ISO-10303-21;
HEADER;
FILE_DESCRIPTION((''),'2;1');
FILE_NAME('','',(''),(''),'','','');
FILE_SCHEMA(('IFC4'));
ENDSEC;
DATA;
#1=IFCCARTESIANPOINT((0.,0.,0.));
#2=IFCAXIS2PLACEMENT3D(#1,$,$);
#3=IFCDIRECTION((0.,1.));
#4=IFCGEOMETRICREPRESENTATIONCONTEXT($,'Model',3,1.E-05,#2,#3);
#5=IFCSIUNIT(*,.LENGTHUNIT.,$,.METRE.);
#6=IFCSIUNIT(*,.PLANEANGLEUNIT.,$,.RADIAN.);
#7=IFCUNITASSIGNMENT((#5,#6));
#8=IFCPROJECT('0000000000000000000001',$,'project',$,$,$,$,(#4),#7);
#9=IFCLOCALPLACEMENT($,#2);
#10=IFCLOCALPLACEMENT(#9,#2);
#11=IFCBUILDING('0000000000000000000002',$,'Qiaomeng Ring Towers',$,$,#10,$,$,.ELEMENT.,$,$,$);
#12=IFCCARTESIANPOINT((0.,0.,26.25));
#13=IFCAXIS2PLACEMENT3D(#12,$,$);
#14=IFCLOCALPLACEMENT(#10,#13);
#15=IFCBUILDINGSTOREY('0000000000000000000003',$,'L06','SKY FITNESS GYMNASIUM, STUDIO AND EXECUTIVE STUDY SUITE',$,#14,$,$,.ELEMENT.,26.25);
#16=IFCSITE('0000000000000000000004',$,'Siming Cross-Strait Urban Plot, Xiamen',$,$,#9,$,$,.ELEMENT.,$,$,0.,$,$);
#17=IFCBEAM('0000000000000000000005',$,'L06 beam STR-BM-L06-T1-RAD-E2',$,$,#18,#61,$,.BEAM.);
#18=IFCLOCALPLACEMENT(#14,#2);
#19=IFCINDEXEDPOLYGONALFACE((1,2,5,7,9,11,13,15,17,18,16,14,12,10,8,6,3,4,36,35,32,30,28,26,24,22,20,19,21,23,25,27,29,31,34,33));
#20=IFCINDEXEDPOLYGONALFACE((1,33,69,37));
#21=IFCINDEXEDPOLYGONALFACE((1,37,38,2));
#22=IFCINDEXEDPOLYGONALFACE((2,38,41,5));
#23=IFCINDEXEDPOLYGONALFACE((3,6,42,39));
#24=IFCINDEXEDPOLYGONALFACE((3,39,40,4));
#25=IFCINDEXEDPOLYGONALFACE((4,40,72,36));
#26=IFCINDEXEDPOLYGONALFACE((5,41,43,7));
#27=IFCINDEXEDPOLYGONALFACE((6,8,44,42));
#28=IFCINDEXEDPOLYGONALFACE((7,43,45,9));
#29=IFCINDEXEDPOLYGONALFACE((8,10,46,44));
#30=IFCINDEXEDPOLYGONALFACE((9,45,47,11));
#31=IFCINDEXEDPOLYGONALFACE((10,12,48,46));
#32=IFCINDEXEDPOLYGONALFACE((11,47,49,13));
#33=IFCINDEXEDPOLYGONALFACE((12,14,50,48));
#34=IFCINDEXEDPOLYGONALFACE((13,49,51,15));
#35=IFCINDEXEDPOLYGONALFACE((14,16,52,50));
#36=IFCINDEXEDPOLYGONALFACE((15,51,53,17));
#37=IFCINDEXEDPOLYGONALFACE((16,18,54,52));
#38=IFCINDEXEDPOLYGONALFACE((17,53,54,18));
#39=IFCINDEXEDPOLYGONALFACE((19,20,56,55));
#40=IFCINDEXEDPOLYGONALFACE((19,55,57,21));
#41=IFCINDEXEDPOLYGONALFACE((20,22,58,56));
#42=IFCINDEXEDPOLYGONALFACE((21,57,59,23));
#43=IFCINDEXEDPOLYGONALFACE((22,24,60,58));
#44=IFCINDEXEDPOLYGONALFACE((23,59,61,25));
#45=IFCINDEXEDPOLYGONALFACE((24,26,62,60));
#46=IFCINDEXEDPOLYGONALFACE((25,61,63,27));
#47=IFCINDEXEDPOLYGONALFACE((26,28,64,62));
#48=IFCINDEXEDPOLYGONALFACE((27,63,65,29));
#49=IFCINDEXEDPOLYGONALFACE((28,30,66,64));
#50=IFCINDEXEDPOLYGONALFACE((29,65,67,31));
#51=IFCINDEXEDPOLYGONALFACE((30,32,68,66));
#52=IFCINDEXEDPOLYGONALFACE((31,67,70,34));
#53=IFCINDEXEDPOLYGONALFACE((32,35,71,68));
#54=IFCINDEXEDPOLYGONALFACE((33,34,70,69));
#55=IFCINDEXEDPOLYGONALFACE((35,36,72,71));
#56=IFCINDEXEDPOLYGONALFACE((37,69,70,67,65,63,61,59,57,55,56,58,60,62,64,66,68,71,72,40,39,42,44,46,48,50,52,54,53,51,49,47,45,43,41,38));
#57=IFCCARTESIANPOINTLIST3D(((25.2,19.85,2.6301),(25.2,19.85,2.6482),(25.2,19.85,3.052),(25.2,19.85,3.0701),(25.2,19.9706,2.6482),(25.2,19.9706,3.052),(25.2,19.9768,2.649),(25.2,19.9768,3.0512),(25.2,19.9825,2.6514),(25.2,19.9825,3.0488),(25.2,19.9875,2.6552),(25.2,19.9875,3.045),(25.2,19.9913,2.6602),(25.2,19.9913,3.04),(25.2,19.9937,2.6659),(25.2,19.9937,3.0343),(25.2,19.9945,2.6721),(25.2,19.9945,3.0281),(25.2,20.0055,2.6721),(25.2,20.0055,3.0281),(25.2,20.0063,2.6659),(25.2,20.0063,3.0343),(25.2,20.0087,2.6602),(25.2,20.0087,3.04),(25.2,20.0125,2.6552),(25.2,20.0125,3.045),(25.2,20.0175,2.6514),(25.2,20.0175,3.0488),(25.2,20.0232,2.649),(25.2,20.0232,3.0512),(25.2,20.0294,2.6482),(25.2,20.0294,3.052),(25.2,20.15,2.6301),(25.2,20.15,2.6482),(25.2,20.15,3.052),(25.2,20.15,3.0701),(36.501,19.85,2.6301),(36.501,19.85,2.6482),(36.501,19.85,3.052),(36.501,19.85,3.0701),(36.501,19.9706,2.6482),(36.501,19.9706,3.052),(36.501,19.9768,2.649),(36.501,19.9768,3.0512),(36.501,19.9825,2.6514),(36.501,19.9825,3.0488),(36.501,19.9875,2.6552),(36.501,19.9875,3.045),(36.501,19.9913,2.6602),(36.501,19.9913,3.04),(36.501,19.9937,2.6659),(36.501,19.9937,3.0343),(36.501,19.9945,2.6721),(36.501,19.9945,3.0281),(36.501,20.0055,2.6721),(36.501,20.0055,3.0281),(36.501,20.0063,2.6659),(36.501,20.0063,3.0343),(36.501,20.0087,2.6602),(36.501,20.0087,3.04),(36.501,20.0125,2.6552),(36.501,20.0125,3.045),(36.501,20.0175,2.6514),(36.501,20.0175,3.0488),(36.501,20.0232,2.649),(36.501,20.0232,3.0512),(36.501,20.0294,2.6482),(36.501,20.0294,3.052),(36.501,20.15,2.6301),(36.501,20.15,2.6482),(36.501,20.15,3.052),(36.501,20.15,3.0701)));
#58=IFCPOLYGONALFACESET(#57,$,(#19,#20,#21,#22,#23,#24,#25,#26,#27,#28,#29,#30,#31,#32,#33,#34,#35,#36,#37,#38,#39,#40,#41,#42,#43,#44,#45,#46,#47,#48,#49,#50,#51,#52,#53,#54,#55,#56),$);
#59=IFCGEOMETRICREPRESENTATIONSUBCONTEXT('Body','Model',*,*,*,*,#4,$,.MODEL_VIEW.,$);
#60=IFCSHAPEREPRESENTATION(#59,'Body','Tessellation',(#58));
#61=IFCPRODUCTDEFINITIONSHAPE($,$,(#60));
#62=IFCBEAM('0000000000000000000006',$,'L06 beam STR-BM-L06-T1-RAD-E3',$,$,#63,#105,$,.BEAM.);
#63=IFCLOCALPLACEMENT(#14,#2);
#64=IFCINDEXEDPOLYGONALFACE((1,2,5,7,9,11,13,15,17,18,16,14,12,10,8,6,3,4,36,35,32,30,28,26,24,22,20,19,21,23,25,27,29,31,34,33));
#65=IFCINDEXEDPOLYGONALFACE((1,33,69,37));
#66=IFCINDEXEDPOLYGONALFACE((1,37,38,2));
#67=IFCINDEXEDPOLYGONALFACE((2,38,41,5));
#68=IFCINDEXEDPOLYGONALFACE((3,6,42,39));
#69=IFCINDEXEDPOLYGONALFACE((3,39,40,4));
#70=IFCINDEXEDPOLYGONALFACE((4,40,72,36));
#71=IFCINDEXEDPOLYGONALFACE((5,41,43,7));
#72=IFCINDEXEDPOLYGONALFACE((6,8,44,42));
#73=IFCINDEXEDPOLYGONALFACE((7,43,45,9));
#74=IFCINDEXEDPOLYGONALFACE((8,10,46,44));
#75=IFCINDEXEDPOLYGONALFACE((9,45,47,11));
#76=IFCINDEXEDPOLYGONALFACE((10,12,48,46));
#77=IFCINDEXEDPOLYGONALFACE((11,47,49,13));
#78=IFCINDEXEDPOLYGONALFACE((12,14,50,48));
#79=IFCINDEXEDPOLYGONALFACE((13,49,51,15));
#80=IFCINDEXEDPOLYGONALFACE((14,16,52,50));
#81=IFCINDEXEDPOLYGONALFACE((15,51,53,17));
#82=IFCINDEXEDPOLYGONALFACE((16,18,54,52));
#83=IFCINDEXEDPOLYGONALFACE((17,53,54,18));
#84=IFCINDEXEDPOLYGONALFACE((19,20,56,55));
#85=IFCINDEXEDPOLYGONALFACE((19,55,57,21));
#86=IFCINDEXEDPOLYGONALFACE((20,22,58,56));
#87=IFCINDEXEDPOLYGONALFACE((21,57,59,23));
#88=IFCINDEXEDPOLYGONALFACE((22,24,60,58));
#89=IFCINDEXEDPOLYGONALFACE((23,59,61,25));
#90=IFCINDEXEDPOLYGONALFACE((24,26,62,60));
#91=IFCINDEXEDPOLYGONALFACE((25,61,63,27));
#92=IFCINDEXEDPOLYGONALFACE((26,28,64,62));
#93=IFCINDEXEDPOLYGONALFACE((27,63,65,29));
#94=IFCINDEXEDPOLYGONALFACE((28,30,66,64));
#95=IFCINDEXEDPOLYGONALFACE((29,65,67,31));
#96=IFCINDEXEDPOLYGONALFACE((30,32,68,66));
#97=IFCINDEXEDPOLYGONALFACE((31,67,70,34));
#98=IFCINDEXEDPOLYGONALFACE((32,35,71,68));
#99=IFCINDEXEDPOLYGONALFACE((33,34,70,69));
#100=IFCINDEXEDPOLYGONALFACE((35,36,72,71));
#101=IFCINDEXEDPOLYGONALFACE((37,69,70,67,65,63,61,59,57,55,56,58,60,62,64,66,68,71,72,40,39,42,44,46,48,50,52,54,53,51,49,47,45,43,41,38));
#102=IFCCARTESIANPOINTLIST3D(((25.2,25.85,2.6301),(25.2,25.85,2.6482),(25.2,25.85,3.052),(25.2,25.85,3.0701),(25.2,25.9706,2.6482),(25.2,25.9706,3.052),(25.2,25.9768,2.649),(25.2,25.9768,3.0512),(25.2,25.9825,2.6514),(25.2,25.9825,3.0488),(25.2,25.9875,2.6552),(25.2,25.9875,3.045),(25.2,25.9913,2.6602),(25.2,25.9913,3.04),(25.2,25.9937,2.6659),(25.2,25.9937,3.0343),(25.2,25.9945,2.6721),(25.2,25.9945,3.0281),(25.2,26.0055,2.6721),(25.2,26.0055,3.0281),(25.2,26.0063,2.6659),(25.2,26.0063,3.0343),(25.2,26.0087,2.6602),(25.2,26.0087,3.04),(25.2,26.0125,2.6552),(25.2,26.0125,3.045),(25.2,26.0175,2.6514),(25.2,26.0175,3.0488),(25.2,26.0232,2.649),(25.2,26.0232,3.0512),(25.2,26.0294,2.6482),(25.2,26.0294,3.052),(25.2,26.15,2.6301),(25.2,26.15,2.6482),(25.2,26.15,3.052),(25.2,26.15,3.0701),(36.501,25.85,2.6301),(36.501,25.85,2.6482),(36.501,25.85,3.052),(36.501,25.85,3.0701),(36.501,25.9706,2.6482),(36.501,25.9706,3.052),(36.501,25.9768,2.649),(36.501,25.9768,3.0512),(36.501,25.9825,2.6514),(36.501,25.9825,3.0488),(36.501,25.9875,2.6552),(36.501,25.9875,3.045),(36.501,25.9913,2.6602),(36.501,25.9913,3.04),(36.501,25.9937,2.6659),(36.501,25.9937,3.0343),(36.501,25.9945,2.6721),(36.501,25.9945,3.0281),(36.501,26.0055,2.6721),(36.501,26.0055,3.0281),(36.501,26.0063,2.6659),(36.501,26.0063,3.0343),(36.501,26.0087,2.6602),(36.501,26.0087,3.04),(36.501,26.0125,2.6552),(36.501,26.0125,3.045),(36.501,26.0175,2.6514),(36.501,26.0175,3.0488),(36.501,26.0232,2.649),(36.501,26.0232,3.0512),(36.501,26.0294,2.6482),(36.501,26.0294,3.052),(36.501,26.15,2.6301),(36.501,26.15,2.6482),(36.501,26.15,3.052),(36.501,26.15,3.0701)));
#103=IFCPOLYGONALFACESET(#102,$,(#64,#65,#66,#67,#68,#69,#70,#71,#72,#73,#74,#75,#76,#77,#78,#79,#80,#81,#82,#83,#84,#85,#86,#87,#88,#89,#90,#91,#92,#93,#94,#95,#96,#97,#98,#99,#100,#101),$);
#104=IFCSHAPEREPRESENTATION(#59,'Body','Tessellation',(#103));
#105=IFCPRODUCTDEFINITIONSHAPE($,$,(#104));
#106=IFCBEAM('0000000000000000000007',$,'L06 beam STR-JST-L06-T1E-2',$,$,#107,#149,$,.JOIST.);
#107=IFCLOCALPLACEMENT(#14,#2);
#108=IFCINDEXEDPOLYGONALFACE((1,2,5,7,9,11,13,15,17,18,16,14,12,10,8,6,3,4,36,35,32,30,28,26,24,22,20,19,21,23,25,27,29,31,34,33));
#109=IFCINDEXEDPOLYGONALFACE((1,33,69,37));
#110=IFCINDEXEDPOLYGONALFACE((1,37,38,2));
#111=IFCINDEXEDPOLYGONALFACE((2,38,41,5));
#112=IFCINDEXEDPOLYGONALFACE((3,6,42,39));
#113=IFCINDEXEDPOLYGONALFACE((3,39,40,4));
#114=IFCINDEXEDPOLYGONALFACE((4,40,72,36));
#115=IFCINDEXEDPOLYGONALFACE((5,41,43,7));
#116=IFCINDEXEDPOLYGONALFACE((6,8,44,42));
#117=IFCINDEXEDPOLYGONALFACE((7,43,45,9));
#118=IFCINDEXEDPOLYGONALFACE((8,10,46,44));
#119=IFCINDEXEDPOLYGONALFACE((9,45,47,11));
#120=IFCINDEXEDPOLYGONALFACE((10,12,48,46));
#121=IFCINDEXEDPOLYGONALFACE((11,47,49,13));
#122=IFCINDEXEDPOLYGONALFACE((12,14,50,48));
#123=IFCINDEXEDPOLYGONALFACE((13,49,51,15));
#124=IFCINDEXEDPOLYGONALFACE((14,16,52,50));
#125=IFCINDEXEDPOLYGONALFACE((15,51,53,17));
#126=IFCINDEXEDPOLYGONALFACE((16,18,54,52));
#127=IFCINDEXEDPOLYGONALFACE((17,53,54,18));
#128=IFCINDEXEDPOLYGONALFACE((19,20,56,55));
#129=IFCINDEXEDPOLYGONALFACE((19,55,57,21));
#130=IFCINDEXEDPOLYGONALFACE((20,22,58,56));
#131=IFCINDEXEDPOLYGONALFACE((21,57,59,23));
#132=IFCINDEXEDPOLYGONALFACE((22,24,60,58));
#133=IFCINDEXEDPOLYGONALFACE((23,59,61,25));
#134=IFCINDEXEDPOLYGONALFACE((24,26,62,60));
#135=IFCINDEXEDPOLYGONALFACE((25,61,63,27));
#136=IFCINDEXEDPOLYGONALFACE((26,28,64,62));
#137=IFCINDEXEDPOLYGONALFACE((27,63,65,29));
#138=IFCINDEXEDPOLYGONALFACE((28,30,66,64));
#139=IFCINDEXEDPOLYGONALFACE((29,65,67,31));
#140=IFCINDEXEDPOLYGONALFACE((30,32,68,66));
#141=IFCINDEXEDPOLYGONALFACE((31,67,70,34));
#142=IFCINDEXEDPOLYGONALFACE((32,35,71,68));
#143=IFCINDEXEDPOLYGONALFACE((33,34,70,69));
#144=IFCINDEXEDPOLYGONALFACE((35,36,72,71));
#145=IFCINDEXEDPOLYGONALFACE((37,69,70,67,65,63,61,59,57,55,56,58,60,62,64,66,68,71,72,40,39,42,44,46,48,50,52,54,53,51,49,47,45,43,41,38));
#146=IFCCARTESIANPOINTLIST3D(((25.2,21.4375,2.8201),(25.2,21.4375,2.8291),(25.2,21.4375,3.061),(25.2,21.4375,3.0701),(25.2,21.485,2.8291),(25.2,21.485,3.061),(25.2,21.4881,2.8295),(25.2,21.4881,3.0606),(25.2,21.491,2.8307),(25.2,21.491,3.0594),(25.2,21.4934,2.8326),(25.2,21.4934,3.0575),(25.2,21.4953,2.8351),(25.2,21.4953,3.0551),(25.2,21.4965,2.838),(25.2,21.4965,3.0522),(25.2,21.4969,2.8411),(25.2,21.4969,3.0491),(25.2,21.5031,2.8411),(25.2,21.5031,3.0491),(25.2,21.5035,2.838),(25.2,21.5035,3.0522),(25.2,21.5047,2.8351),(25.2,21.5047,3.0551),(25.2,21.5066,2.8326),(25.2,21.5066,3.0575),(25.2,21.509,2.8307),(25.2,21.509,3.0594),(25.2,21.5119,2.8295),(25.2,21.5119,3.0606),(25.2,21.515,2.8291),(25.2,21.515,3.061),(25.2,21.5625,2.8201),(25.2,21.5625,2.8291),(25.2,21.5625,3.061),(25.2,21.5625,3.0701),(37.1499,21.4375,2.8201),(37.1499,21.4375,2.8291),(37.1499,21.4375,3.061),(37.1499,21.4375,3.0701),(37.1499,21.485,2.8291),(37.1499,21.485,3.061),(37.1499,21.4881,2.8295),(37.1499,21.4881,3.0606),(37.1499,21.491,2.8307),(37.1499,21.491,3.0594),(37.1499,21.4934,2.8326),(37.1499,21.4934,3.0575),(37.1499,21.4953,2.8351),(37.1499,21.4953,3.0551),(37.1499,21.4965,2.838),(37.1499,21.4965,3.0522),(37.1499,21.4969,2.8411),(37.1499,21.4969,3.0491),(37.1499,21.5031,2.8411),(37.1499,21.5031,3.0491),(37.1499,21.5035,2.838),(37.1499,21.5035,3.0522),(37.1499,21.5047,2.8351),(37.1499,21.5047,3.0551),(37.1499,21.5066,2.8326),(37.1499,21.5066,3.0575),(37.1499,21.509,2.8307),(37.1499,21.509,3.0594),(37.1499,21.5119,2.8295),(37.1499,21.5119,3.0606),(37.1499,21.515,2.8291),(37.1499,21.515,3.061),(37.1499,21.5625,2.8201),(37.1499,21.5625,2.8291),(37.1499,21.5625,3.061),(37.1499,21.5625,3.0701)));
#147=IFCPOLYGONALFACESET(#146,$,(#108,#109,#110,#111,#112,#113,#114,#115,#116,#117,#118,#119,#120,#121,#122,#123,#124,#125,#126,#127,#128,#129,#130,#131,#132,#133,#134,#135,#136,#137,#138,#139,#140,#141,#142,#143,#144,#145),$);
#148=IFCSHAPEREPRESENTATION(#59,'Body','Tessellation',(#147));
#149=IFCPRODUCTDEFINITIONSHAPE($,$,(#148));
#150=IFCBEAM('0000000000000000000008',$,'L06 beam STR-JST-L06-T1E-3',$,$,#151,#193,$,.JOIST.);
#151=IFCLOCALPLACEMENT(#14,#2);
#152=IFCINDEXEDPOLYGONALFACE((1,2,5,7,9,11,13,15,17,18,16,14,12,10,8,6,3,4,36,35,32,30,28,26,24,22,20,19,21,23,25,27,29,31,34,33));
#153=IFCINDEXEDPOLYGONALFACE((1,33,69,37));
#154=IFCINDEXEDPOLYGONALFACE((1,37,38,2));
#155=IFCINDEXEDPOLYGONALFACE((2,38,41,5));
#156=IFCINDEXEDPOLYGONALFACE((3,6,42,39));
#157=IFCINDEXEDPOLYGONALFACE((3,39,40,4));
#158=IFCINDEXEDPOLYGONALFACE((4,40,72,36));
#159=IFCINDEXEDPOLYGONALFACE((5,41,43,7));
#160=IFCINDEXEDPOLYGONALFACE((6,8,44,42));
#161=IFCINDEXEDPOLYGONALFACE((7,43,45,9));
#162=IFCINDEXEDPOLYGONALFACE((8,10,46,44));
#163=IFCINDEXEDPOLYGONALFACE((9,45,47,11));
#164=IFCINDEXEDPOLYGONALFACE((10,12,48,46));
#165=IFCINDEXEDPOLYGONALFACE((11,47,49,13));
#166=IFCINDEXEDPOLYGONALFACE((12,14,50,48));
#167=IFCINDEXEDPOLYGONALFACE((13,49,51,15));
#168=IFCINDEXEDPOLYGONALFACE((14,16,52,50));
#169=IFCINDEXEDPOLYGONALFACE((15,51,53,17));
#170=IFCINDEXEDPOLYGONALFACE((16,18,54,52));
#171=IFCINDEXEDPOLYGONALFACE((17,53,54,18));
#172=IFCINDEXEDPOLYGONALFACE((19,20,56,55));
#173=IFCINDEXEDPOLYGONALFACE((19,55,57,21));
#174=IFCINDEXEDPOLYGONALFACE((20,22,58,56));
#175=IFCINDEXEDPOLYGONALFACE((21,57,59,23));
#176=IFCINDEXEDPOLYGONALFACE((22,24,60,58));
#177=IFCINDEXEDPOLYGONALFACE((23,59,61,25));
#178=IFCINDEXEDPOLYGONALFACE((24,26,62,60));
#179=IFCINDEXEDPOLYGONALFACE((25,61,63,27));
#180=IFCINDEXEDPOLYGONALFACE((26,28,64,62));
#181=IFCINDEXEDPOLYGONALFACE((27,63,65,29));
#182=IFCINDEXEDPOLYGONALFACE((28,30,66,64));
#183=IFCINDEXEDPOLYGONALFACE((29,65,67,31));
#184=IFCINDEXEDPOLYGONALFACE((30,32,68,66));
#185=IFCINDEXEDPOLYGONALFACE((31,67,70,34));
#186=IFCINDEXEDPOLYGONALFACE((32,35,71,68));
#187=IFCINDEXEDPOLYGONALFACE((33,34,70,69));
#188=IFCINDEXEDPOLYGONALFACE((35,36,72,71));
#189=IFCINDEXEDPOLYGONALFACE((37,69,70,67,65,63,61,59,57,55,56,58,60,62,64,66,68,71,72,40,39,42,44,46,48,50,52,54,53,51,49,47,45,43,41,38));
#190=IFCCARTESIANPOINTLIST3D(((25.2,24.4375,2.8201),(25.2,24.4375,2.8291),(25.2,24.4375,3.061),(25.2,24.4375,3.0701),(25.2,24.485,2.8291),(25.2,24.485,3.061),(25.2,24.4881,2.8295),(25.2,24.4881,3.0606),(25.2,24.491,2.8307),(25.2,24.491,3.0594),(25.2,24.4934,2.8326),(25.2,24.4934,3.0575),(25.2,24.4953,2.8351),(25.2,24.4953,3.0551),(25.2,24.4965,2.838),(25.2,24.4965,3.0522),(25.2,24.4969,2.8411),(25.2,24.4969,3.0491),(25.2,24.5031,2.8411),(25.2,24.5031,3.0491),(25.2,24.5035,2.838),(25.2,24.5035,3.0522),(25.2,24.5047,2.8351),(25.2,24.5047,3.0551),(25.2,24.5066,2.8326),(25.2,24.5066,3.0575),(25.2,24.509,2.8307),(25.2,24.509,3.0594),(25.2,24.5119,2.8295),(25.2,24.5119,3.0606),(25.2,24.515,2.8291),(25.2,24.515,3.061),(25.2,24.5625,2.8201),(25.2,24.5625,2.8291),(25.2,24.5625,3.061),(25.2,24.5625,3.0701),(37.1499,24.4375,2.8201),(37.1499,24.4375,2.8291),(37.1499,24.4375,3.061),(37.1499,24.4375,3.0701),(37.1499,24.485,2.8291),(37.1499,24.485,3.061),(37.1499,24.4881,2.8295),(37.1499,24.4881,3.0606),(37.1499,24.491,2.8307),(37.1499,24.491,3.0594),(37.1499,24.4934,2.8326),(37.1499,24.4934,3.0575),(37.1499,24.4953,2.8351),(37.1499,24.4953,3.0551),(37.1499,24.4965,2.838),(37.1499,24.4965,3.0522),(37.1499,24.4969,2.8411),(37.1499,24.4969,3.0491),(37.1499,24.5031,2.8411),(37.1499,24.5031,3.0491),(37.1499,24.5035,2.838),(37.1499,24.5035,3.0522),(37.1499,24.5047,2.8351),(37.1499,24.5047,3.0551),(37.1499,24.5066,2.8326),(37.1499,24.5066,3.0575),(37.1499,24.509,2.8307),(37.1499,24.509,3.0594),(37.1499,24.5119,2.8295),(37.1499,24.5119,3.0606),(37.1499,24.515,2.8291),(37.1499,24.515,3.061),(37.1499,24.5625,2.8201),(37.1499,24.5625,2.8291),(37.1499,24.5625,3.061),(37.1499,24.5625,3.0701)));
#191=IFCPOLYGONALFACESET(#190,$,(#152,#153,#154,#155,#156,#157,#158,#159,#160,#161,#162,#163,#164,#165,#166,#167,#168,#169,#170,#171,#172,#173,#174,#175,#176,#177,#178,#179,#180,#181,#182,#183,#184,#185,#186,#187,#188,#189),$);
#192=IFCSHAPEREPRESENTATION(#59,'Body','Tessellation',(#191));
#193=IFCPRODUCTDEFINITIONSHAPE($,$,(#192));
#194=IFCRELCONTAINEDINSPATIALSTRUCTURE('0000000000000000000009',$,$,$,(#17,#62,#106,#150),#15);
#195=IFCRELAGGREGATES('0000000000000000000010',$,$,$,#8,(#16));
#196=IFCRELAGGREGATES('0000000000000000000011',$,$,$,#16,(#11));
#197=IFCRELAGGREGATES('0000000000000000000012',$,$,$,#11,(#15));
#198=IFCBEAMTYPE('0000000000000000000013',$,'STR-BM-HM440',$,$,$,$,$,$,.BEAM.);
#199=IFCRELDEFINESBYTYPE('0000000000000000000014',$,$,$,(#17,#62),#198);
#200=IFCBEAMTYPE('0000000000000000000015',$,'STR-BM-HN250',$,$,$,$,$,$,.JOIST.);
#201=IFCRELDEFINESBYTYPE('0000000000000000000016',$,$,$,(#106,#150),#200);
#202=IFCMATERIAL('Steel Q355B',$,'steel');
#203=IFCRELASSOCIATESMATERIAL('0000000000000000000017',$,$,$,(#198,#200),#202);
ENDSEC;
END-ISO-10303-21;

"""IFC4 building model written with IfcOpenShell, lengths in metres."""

from ifc_helpers import new_model, si_unit, direction, frame, origin, origin_2d, place, context, subcontext, project, spatial, i_section, extrude, source, transform, mapped, material, material_profile, profile_set, type_object, element, save


model = new_model("IFC4")

# Units and contexts
model_context = context("Model", 3, precision=1e-05, world=origin(), true_north=direction((0.0, 1.0)))
body_context = subcontext(model_context, "Body", "Model", "MODEL_VIEW")
ifc_project = project(units=[si_unit("LENGTHUNIT", "METRE"), si_unit("PLANEANGLEUNIT", "RADIAN")], contexts=[model_context])

# Site, building, storey
site_placement = place(None, origin())
site = spatial("IfcSite", under=ifc_project, at=site_placement, Name="Siming Cross-Strait Urban Plot, Xiamen", CompositionType="ELEMENT", RefElevation=0.0)
building_placement = place(site_placement, origin())
building = spatial("IfcBuilding", under=site, at=building_placement, Name="Qiaomeng Ring Towers", CompositionType="ELEMENT")
storey_placement = place(building_placement, frame((0.0, 0.0, 26.25)))
storey = spatial("IfcBuildingStorey", under=building, at=storey_placement, Name="L06", Description="SKY FITNESS GYMNASIUM, STUDIO AND EXECUTIVE STUDY SUITE", CompositionType="ELEMENT", Elevation=26.25)

# Beams
ifc_material_1 = material(Name="Steel Q355B", Category="steel")
ifc_material_profile_1 = material_profile(ifc_material_1, i_section(OverallWidth=0.3, OverallDepth=0.4399, WebThickness=0.011, FlangeThickness=0.0181, FilletRadius=0.0239, at=origin_2d()), Name="HM 440x300x11x18")
ifc_profile_set_1 = profile_set([ifc_material_profile_1], Name="Steel Q355B")
beam_type_1 = type_object("IfcBeamType", Name="STR-BM-HM440", PredefinedType="BEAM", material=ifc_profile_set_1)
shared_shape_1 = source(origin(), body_context, "Body", "SweptSolid", [
    extrude(i_section(OverallWidth=0.3, OverallDepth=0.4399, WebThickness=0.011, FlangeThickness=0.0181, FilletRadius=0.0239, at=origin_2d()), origin(), (0.0, 0.0, 1.0), 11.301),
])
for number, where, z_axis, x_axis, name in (
    (1, (25.2, 20.0, 2.8501), (1.0, 0.0, 0.0), (0.0, 1.0, 0.0), "L06 beam STR-BM-L06-T1-RAD-E2"),
    (2, (25.2, 26.0, 2.8501), (1.0, 0.0, 0.0), (0.0, 1.0, 0.0), "L06 beam STR-BM-L06-T1-RAD-E3"),
):
    element("IfcBeam", number, at=place(storey_placement, frame(where, z_axis=z_axis, x_axis=x_axis)), inside=storey, type_object=beam_type_1, Name=name, PredefinedType="BEAM", context=body_context, shape_type="MappedRepresentation", body=[
        mapped(shared_shape_1, transform((0.0, 0.0, 0.0), x_axis=(1.0, 0.0, 0.0), y_axis=(0.0, 1.0, 0.0), z_axis=(0.0, 0.0, 1.0), scale=1.0)),
    ])
ifc_material_profile_2 = material_profile(ifc_material_1, i_section(OverallWidth=0.125, OverallDepth=0.25, WebThickness=0.0061, FlangeThickness=0.009, FilletRadius=0.012, at=origin_2d()), Name="HN 250x125x6x9")
ifc_profile_set_2 = profile_set([ifc_material_profile_2], Name="Steel Q355B")
beam_type_2 = type_object("IfcBeamType", Name="STR-BM-HN250", PredefinedType="JOIST", material=ifc_profile_set_2)
shared_shape_2 = source(origin(), body_context, "Body", "SweptSolid", [
    extrude(i_section(OverallWidth=0.125, OverallDepth=0.25, WebThickness=0.0061, FlangeThickness=0.009, FilletRadius=0.012, at=origin_2d()), origin(), (0.0, 0.0, 1.0), 11.95),
])
for number, where, z_axis, x_axis, name in (
    (3, (25.2, 21.5, 2.9451), (1.0, 0.0, 0.0), (0.0, 1.0, 0.0), "L06 beam STR-JST-L06-T1E-2"),
    (4, (25.2, 24.5, 2.9451), (1.0, 0.0, 0.0), (0.0, 1.0, 0.0), "L06 beam STR-JST-L06-T1E-3"),
):
    element("IfcBeam", number, at=place(storey_placement, frame(where, z_axis=z_axis, x_axis=x_axis)), inside=storey, type_object=beam_type_2, Name=name, PredefinedType="JOIST", context=body_context, shape_type="MappedRepresentation", body=[
        mapped(shared_shape_2, transform((0.0, 0.0, 0.0), x_axis=(1.0, 0.0, 0.0), y_axis=(0.0, 1.0, 0.0), z_axis=(0.0, 0.0, 1.0), scale=1.0)),
    ])

save(model, "model.ifc")
